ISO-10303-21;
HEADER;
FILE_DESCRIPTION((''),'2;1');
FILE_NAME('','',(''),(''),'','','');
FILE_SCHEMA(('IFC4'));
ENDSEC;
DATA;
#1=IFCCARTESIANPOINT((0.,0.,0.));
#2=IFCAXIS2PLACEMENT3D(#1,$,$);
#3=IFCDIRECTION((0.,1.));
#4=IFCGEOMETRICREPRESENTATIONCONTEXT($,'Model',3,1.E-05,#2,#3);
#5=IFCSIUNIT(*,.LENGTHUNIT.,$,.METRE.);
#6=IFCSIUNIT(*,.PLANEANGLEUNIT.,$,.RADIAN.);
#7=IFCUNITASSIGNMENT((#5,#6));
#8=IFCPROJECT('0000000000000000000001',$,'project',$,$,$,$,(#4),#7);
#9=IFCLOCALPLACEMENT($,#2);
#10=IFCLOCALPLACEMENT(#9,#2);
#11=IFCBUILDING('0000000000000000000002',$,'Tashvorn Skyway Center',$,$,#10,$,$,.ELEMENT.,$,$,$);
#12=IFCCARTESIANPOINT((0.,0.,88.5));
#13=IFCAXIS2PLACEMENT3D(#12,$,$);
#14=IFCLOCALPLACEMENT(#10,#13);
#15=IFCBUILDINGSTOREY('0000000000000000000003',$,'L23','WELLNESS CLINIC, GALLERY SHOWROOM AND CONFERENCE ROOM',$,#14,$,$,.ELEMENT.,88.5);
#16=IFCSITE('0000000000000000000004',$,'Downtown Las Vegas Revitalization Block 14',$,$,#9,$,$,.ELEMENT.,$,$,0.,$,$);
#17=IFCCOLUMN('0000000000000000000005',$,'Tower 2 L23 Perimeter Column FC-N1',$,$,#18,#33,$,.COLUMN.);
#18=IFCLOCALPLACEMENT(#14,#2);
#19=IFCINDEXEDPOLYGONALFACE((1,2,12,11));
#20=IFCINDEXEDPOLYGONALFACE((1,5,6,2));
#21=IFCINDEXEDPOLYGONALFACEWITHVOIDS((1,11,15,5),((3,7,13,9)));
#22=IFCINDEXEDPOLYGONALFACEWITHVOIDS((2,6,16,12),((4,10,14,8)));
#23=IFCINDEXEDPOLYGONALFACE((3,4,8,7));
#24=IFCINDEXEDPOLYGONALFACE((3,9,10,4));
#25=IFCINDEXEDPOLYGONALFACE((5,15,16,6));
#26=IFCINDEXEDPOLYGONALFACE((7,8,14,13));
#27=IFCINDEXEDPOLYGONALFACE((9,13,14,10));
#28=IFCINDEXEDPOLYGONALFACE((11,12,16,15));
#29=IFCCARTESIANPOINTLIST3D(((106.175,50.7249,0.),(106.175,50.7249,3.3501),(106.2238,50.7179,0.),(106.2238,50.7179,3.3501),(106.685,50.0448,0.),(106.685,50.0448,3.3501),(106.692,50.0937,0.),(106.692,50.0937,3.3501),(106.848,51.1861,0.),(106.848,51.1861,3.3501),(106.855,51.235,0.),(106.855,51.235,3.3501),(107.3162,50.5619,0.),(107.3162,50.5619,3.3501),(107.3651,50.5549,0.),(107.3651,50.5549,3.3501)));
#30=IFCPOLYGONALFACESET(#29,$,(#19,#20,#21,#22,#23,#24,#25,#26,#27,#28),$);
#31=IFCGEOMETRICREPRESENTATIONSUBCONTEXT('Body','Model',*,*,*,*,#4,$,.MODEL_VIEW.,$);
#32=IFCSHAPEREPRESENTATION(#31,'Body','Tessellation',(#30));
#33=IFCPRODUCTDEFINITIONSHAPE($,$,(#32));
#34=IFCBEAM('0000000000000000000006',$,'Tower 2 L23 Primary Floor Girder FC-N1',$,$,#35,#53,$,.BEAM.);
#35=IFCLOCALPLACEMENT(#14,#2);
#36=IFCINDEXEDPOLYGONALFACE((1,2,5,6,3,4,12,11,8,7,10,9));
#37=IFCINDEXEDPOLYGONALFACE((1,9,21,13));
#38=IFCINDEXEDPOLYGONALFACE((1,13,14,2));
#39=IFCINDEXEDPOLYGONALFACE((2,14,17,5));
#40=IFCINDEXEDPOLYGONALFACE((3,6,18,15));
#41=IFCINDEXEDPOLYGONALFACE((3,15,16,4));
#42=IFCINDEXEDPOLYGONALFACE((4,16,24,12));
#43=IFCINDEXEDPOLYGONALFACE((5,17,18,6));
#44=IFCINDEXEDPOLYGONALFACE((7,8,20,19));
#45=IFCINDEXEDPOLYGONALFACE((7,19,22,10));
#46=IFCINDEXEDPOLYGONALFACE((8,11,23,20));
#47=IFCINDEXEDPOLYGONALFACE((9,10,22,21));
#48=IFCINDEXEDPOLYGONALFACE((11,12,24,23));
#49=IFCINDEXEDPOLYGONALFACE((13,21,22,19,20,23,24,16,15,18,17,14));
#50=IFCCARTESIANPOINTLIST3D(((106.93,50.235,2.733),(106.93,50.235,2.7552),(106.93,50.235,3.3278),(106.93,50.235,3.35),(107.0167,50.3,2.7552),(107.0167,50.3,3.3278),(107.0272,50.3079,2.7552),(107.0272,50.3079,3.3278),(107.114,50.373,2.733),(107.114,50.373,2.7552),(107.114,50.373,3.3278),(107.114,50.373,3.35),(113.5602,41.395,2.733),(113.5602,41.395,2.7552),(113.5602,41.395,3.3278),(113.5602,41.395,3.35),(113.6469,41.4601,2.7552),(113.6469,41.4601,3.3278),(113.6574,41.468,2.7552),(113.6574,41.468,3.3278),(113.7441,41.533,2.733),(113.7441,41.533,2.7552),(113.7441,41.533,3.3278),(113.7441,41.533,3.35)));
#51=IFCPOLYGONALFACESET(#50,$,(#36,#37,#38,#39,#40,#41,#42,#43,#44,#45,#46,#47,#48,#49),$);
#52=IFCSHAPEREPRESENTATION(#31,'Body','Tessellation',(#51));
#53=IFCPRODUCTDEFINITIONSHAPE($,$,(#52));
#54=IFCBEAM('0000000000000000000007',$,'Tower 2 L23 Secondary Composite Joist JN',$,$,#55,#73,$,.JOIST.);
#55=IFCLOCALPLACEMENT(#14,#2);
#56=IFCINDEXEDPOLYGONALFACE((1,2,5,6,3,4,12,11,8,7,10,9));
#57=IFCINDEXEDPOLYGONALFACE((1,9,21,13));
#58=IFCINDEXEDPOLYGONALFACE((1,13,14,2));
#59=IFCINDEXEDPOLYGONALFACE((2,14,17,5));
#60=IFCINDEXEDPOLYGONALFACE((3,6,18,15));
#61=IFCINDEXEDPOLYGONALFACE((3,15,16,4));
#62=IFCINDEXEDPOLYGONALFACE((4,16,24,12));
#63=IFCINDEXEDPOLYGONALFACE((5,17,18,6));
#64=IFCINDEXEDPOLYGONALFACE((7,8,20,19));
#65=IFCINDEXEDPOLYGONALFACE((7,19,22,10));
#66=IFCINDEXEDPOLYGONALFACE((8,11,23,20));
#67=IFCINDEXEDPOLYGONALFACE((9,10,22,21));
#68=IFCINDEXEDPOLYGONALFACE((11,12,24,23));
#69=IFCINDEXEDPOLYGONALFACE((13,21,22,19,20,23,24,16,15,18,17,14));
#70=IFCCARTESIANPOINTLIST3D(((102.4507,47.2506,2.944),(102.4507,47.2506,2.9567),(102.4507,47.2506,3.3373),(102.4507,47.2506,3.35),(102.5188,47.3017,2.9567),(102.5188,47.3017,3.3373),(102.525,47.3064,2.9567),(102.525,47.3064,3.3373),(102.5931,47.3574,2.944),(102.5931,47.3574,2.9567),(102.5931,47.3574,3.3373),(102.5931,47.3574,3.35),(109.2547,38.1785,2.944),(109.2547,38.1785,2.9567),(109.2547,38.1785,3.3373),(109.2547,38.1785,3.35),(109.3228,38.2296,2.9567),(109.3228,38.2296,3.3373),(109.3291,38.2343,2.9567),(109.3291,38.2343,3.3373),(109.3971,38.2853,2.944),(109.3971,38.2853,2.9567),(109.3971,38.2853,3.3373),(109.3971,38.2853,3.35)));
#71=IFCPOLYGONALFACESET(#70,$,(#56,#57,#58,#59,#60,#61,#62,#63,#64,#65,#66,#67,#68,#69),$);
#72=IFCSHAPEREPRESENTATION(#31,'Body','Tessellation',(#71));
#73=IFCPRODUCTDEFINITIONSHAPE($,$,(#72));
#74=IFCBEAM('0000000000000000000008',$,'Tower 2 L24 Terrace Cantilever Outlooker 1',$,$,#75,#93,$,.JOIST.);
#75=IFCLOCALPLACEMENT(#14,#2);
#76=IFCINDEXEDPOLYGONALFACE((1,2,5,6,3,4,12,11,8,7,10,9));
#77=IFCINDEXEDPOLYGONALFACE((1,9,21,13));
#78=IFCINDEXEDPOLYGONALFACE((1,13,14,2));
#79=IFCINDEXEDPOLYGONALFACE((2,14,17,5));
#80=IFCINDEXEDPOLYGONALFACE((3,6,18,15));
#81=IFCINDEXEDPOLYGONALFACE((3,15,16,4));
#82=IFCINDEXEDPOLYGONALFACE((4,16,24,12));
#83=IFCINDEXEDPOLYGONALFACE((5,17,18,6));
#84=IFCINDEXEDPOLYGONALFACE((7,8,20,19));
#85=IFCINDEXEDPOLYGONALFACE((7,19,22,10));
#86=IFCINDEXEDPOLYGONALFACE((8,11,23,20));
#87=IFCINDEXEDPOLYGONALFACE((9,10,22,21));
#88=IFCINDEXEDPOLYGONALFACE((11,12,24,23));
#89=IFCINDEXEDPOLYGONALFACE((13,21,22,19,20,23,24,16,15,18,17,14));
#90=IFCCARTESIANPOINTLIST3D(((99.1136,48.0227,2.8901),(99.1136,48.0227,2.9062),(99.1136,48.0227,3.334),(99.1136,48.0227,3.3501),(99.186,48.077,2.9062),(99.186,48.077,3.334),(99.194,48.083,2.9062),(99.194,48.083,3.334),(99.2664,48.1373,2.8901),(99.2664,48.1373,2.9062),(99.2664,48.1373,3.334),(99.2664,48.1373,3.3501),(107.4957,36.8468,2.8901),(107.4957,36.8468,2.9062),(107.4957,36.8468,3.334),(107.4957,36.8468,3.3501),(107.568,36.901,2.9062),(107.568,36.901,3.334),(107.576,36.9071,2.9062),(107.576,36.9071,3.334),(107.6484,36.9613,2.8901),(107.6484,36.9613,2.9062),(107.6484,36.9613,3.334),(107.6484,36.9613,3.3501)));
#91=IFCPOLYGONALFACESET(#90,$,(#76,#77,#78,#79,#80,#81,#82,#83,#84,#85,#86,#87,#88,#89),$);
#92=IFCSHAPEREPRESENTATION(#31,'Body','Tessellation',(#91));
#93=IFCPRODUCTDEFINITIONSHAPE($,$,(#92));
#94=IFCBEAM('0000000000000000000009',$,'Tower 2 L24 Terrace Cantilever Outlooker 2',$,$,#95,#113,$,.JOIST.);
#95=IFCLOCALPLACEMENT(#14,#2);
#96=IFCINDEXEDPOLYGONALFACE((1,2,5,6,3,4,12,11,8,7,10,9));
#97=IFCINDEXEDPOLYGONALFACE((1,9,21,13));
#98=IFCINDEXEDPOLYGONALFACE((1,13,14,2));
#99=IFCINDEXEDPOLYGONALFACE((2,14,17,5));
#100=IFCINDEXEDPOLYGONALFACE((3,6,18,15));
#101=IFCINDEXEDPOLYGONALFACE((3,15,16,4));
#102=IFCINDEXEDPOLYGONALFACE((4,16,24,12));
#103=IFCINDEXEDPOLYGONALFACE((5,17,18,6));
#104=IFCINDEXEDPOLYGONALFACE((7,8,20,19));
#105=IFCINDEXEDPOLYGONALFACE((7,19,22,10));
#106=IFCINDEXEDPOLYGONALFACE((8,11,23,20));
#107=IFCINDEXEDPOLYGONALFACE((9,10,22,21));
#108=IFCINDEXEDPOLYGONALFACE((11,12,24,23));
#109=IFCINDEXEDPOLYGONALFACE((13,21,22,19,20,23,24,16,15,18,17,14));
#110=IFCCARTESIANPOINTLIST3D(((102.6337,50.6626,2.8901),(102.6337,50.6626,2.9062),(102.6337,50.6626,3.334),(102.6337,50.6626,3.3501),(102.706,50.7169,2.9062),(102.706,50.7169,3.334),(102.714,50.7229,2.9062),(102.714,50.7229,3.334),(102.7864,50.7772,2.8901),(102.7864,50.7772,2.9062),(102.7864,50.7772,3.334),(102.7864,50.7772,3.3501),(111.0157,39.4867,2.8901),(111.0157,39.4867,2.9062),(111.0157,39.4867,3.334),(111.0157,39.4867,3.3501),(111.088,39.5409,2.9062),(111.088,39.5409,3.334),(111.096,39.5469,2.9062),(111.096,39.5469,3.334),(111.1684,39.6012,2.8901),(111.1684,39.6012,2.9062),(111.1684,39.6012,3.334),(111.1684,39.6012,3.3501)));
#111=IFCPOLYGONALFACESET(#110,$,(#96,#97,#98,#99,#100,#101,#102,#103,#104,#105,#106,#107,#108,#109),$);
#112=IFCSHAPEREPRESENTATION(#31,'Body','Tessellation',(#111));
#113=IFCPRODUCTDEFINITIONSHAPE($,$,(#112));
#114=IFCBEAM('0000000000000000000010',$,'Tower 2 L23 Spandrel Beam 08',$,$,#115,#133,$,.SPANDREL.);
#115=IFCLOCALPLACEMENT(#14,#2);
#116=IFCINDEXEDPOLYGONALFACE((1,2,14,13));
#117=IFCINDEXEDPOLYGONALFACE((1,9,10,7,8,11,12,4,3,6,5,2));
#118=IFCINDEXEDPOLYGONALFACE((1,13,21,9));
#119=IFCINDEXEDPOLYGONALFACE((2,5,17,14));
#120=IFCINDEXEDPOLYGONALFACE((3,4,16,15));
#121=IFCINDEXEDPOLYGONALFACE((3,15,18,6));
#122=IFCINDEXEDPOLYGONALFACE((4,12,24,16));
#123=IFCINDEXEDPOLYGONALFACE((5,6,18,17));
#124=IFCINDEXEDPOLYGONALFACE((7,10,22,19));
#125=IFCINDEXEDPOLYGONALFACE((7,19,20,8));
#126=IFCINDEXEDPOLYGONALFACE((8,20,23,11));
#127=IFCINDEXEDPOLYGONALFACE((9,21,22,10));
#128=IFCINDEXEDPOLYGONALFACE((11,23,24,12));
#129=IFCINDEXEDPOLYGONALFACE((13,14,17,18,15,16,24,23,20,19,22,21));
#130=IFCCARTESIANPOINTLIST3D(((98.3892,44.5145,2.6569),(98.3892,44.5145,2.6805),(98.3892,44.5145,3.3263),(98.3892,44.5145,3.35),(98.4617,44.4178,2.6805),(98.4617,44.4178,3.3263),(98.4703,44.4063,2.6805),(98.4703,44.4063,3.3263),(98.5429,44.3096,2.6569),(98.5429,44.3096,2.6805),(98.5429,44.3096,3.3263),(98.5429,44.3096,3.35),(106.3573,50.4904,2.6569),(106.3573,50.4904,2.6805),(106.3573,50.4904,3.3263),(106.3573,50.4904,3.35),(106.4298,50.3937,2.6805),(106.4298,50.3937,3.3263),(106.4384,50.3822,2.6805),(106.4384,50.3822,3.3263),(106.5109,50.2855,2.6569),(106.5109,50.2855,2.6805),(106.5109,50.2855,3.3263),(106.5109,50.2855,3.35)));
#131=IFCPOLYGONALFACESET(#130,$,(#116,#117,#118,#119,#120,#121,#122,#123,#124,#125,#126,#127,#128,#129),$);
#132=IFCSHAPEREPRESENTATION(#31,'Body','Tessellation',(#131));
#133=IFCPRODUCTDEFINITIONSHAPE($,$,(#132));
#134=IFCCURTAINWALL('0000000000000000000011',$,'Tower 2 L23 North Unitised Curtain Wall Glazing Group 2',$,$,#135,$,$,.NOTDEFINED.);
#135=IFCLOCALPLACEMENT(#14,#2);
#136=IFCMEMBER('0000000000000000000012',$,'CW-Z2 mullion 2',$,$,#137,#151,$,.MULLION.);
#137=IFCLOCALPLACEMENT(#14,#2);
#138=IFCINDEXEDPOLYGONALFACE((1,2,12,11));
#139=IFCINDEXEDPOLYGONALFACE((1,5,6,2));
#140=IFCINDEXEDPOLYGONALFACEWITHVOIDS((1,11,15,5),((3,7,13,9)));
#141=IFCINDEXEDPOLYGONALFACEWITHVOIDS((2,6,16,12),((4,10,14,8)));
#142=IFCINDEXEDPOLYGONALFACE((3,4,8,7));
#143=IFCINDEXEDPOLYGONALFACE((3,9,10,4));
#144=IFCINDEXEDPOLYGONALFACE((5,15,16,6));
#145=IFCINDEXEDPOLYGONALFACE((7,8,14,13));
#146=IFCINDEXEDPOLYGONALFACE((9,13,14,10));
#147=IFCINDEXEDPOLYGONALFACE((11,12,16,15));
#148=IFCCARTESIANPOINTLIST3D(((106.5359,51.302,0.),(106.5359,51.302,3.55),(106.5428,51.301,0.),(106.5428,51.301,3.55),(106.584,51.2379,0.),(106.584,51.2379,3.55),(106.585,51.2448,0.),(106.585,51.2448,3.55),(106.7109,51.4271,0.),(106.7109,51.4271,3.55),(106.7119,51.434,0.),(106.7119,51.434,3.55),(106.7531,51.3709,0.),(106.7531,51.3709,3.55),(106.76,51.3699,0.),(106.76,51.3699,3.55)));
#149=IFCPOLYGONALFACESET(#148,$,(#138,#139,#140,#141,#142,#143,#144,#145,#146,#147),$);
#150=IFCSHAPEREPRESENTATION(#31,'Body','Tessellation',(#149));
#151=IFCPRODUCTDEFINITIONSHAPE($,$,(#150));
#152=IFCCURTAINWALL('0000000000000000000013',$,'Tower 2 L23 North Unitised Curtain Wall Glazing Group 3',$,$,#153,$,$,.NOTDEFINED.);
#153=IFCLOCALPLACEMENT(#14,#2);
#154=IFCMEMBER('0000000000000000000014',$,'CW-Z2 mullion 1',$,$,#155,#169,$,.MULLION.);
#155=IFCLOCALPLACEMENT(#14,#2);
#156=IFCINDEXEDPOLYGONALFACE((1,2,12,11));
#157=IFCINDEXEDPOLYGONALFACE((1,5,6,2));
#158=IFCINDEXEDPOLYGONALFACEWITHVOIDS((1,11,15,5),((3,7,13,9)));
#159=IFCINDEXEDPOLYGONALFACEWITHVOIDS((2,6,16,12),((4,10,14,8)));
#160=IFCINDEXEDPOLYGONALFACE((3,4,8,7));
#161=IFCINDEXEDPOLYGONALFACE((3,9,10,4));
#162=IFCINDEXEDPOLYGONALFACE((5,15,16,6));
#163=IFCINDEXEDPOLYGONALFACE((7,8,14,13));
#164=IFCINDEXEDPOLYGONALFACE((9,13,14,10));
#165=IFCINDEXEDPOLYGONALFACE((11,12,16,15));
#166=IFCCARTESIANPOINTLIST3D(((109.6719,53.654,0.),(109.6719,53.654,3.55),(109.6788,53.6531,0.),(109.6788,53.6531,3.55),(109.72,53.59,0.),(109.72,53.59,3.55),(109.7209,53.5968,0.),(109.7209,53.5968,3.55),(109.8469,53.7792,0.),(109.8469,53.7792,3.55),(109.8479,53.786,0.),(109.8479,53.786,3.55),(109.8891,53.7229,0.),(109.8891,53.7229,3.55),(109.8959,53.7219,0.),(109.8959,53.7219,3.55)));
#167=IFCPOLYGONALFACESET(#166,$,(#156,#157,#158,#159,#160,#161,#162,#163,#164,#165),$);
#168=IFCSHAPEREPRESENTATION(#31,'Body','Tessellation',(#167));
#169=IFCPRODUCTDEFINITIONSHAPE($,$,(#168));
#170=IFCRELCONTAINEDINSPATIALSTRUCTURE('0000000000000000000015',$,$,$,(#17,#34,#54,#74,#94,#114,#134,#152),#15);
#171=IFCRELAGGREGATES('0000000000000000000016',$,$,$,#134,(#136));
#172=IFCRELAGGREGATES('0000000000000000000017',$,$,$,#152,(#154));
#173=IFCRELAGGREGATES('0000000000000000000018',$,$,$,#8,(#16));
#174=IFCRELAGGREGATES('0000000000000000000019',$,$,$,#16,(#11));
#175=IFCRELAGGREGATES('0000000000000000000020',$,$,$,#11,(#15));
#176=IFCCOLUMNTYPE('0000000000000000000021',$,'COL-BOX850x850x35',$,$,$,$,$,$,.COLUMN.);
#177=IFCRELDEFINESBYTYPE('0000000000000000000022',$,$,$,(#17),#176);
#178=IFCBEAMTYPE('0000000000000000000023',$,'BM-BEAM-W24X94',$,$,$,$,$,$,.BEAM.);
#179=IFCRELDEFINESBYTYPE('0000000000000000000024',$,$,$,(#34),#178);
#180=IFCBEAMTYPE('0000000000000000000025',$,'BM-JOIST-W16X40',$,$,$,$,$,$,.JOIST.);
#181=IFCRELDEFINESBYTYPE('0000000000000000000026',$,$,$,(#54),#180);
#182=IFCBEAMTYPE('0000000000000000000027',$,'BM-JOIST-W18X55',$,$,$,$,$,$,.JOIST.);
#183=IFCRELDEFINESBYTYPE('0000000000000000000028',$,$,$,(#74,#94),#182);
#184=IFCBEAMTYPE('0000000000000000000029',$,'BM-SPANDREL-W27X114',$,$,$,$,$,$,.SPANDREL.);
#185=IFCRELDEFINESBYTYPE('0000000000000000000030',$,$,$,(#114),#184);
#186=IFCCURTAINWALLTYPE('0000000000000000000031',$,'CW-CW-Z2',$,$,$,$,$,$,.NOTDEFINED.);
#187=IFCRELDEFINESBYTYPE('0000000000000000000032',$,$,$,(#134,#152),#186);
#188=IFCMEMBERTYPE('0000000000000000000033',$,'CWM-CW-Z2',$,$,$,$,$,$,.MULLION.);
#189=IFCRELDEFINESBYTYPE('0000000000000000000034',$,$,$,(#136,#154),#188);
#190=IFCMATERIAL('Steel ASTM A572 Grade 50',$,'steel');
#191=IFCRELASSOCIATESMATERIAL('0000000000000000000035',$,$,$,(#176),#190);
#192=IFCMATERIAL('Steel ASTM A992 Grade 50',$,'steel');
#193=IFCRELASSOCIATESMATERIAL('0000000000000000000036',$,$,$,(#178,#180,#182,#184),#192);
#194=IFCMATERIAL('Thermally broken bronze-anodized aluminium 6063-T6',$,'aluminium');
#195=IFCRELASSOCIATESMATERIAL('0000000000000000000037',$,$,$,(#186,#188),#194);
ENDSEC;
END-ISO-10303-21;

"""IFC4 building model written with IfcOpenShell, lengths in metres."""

from ifc_helpers import new_model, si_unit, direction, frame, origin, origin_2d, place, context, subcontext, project, spatial, hollow_rectangle, i_section, extrude, material, material_profile, profile_set, type_object, element, aggregate, save


model = new_model("IFC4")

# Units and contexts
model_context = context("Model", 3, precision=1e-05, world=origin(), true_north=direction((0.0, 1.0)))
body_context = subcontext(model_context, "Body", "Model", "MODEL_VIEW")
ifc_project = project(units=[si_unit("LENGTHUNIT", "METRE"), si_unit("PLANEANGLEUNIT", "RADIAN")], contexts=[model_context])

# Site, building, storey
site_placement = place(None, origin())
site = spatial("IfcSite", under=ifc_project, at=site_placement, Name="Downtown Las Vegas Revitalization Block 14", CompositionType="ELEMENT", RefElevation=0.0)
building_placement = place(site_placement, origin())
building = spatial("IfcBuilding", under=site, at=building_placement, Name="Tashvorn Skyway Center", CompositionType="ELEMENT")
storey_placement = place(building_placement, frame((0.0, 0.0, 88.5)))
storey = spatial("IfcBuildingStorey", under=building, at=storey_placement, Name="L23", Description="WELLNESS CLINIC, GALLERY SHOWROOM AND CONFERENCE ROOM", CompositionType="ELEMENT", Elevation=88.5)

# Column
ifc_material_1 = material(Name="Steel ASTM A572 Grade 50", Category="steel")
ifc_material_profile_1 = material_profile(ifc_material_1, hollow_rectangle(XDim=0.8501, YDim=0.8501, WallThickness=0.0349, at=origin_2d()), Name="BOX850x850x35")
ifc_profile_set_1 = profile_set([ifc_material_profile_1], Name="Steel ASTM A572 Grade 50")
column_type = type_object("IfcColumnType", Name="COL-BOX850x850x35", PredefinedType="COLUMN", material=ifc_profile_set_1)
column_placement = place(storey_placement, frame((106.77, 50.6399, 0.0), z_axis=(0.0, 0.0, 1.0), x_axis=(0.8, 0.6, 0.0)))
element("IfcColumn", 1, at=column_placement, inside=storey, type_object=column_type, Name="Tower 2 L23 Perimeter Column FC-N1", PredefinedType="COLUMN", context=body_context, shape_type="SweptSolid", body=[
    extrude(hollow_rectangle(XDim=0.8501, YDim=0.8501, WallThickness=0.0349, at=origin_2d()), origin(), (0.0, 0.0, 1.0), 3.3501),
])

# Beams
ifc_material_2 = material(Name="Steel ASTM A992 Grade 50", Category="steel")
ifc_material_profile_2 = material_profile(ifc_material_2, i_section(OverallWidth=0.23, OverallDepth=0.6169, WebThickness=0.0132, FlangeThickness=0.0222, at=origin_2d()), Name="W24X94")
ifc_profile_set_2 = profile_set([ifc_material_profile_2], Name="Steel ASTM A992 Grade 50")
beam_type_1 = type_object("IfcBeamType", Name="BM-BEAM-W24X94", PredefinedType="BEAM", material=ifc_profile_set_2)
beam_1_placement = place(storey_placement, frame((107.022, 50.304, 3.0415), z_axis=(0.600014, -0.799989, 0.0), x_axis=(0.799989, 0.600014, 0.0)))
element("IfcBeam", 2, at=beam_1_placement, inside=storey, type_object=beam_type_1, Name="Tower 2 L23 Primary Floor Girder FC-N1", PredefinedType="BEAM", context=body_context, shape_type="SweptSolid", body=[
    extrude(i_section(OverallWidth=0.23, OverallDepth=0.6169, WebThickness=0.0132, FlangeThickness=0.0222, at=origin_2d()), origin(), (0.0, 0.0, 1.0), 11.05),
])
ifc_material_profile_3 = material_profile(ifc_material_2, i_section(OverallWidth=0.178, OverallDepth=0.406, WebThickness=0.0078, FlangeThickness=0.0127, at=origin_2d()), Name="W16X40")
ifc_profile_set_3 = profile_set([ifc_material_profile_3], Name="Steel ASTM A992 Grade 50")
beam_type_2 = type_object("IfcBeamType", Name="BM-JOIST-W16X40", PredefinedType="JOIST", material=ifc_profile_set_3)
beam_2_placement = place(storey_placement, frame((109.3259, 38.2319, 3.147), z_axis=(-0.599997, 0.800003, 0.0), x_axis=(-0.800003, -0.599997, 0.0)))
element("IfcBeam", 3, at=beam_2_placement, inside=storey, type_object=beam_type_2, Name="Tower 2 L23 Secondary Composite Joist JN", PredefinedType="JOIST", context=body_context, shape_type="SweptSolid", body=[
    extrude(i_section(OverallWidth=0.178, OverallDepth=0.406, WebThickness=0.0078, FlangeThickness=0.0127, at=origin_2d()), origin(), (0.0, 0.0, 1.0), 11.3401),
])
ifc_material_profile_4 = material_profile(ifc_material_2, i_section(OverallWidth=0.1909, OverallDepth=0.46, WebThickness=0.01, FlangeThickness=0.0161, at=origin_2d()), Name="W18X55")
ifc_profile_set_4 = profile_set([ifc_material_profile_4], Name="Steel ASTM A992 Grade 50")
beam_type_3 = type_object("IfcBeamType", Name="BM-JOIST-W18X55", PredefinedType="JOIST", material=ifc_profile_set_4)
for number, where, z_axis, x_axis, name in (
    (4, (107.572, 36.9041, 3.1201), (-0.600003, 0.799998, 0.0), (-0.799998, -0.600003, 0.0), "Tower 2 L24 Terrace Cantilever Outlooker 1"),
    (5, (111.092, 39.5439, 3.1201), (-0.600003, 0.799998, 0.0), (-0.799998, -0.600003, 0.0), "Tower 2 L24 Terrace Cantilever Outlooker 2"),
):
    element("IfcBeam", number, at=place(storey_placement, frame(where, z_axis=z_axis, x_axis=x_axis)), inside=storey, type_object=beam_type_3, Name=name, PredefinedType="JOIST", context=body_context, shape_type="SweptSolid", body=[
        extrude(i_section(OverallWidth=0.1909, OverallDepth=0.46, WebThickness=0.01, FlangeThickness=0.0161, at=origin_2d()), origin(), (0.0, 0.0, 1.0), 13.97),
    ])
ifc_material_profile_5 = material_profile(ifc_material_2, i_section(OverallWidth=0.2561, OverallDepth=0.6931, WebThickness=0.0144, FlangeThickness=0.0237, at=origin_2d()), Name="W27X114")
ifc_profile_set_5 = profile_set([ifc_material_profile_5], Name="Steel ASTM A992 Grade 50")
beam_type_4 = type_object("IfcBeamType", Name="BM-SPANDREL-W27X114", PredefinedType="SPANDREL", material=ifc_profile_set_5)
beam_3_placement = place(storey_placement, frame((106.4341, 50.3879, 3.0034), z_axis=(-0.800009, -0.599988, 0.0), x_axis=(0.599988, -0.800009, 0.0)))
element("IfcBeam", 6, at=beam_3_placement, inside=storey, type_object=beam_type_4, Name="Tower 2 L23 Spandrel Beam 08", PredefinedType="SPANDREL", context=body_context, shape_type="SweptSolid", body=[
    extrude(i_section(OverallWidth=0.2561, OverallDepth=0.6931, WebThickness=0.0144, FlangeThickness=0.0237, at=origin_2d()), origin(), (0.0, 0.0, 1.0), 9.96),
])

# Curtain wall, member
ifc_material_3 = material(Name="Thermally broken bronze-anodized aluminium 6063-T6", Category="aluminium")
curtain_wall_type = type_object("IfcCurtainWallType", Name="CW-CW-Z2", PredefinedType="NOTDEFINED", material=ifc_material_3)
curtain_wall_1_placement = place(storey_placement, origin())
curtain_wall_1 = element("IfcCurtainWall", 7, at=curtain_wall_1_placement, inside=storey, type_object=curtain_wall_type, Name="Tower 2 L23 North Unitised Curtain Wall Glazing Group 2", PredefinedType="NOTDEFINED")
ifc_material_profile_6 = material_profile(ifc_material_3, hollow_rectangle(XDim=0.0801, YDim=0.22, WallThickness=0.0049, at=origin_2d()), Name="ALU-MULL-80x220")
ifc_profile_set_6 = profile_set([ifc_material_profile_6], Name="Thermally broken bronze-anodized aluminium 6063-T6")
member_type_1 = type_object("IfcMemberType", Name="CWM-CW-Z2", PredefinedType="MULLION", material=ifc_profile_set_6)
member_1_placement = place(storey_placement, frame((106.6479, 51.3359, 0.0), z_axis=(0.0, 0.0, 1.0), x_axis=(-0.6, 0.8, 0.0)))
member_1 = element("IfcMember", 8, at=member_1_placement, type_object=member_type_1, Name="CW-Z2 mullion 2", PredefinedType="MULLION", context=body_context, shape_type="SweptSolid", body=[
    extrude(hollow_rectangle(XDim=0.0801, YDim=0.22, WallThickness=0.0049, at=origin_2d()), origin(), (0.0, 0.0, 1.0), 3.55),
])

# Curtain wall, member
curtain_wall_2_placement = place(storey_placement, origin())
curtain_wall_2 = element("IfcCurtainWall", 9, at=curtain_wall_2_placement, inside=storey, type_object=curtain_wall_type, Name="Tower 2 L23 North Unitised Curtain Wall Glazing Group 3", PredefinedType="NOTDEFINED")
member_2_placement = place(storey_placement, frame((109.7839, 53.688, 0.0), z_axis=(0.0, 0.0, 1.0), x_axis=(-0.6, 0.8, 0.0)))
member_2 = element("IfcMember", 10, at=member_2_placement, type_object=member_type_1, Name="CW-Z2 mullion 1", PredefinedType="MULLION", context=body_context, shape_type="SweptSolid", body=[
    extrude(hollow_rectangle(XDim=0.0801, YDim=0.22, WallThickness=0.0049, at=origin_2d()), origin(), (0.0, 0.0, 1.0), 3.55),
])

aggregate(curtain_wall_1, [member_1])
aggregate(curtain_wall_2, [member_2])

save(model, "model.ifc")
